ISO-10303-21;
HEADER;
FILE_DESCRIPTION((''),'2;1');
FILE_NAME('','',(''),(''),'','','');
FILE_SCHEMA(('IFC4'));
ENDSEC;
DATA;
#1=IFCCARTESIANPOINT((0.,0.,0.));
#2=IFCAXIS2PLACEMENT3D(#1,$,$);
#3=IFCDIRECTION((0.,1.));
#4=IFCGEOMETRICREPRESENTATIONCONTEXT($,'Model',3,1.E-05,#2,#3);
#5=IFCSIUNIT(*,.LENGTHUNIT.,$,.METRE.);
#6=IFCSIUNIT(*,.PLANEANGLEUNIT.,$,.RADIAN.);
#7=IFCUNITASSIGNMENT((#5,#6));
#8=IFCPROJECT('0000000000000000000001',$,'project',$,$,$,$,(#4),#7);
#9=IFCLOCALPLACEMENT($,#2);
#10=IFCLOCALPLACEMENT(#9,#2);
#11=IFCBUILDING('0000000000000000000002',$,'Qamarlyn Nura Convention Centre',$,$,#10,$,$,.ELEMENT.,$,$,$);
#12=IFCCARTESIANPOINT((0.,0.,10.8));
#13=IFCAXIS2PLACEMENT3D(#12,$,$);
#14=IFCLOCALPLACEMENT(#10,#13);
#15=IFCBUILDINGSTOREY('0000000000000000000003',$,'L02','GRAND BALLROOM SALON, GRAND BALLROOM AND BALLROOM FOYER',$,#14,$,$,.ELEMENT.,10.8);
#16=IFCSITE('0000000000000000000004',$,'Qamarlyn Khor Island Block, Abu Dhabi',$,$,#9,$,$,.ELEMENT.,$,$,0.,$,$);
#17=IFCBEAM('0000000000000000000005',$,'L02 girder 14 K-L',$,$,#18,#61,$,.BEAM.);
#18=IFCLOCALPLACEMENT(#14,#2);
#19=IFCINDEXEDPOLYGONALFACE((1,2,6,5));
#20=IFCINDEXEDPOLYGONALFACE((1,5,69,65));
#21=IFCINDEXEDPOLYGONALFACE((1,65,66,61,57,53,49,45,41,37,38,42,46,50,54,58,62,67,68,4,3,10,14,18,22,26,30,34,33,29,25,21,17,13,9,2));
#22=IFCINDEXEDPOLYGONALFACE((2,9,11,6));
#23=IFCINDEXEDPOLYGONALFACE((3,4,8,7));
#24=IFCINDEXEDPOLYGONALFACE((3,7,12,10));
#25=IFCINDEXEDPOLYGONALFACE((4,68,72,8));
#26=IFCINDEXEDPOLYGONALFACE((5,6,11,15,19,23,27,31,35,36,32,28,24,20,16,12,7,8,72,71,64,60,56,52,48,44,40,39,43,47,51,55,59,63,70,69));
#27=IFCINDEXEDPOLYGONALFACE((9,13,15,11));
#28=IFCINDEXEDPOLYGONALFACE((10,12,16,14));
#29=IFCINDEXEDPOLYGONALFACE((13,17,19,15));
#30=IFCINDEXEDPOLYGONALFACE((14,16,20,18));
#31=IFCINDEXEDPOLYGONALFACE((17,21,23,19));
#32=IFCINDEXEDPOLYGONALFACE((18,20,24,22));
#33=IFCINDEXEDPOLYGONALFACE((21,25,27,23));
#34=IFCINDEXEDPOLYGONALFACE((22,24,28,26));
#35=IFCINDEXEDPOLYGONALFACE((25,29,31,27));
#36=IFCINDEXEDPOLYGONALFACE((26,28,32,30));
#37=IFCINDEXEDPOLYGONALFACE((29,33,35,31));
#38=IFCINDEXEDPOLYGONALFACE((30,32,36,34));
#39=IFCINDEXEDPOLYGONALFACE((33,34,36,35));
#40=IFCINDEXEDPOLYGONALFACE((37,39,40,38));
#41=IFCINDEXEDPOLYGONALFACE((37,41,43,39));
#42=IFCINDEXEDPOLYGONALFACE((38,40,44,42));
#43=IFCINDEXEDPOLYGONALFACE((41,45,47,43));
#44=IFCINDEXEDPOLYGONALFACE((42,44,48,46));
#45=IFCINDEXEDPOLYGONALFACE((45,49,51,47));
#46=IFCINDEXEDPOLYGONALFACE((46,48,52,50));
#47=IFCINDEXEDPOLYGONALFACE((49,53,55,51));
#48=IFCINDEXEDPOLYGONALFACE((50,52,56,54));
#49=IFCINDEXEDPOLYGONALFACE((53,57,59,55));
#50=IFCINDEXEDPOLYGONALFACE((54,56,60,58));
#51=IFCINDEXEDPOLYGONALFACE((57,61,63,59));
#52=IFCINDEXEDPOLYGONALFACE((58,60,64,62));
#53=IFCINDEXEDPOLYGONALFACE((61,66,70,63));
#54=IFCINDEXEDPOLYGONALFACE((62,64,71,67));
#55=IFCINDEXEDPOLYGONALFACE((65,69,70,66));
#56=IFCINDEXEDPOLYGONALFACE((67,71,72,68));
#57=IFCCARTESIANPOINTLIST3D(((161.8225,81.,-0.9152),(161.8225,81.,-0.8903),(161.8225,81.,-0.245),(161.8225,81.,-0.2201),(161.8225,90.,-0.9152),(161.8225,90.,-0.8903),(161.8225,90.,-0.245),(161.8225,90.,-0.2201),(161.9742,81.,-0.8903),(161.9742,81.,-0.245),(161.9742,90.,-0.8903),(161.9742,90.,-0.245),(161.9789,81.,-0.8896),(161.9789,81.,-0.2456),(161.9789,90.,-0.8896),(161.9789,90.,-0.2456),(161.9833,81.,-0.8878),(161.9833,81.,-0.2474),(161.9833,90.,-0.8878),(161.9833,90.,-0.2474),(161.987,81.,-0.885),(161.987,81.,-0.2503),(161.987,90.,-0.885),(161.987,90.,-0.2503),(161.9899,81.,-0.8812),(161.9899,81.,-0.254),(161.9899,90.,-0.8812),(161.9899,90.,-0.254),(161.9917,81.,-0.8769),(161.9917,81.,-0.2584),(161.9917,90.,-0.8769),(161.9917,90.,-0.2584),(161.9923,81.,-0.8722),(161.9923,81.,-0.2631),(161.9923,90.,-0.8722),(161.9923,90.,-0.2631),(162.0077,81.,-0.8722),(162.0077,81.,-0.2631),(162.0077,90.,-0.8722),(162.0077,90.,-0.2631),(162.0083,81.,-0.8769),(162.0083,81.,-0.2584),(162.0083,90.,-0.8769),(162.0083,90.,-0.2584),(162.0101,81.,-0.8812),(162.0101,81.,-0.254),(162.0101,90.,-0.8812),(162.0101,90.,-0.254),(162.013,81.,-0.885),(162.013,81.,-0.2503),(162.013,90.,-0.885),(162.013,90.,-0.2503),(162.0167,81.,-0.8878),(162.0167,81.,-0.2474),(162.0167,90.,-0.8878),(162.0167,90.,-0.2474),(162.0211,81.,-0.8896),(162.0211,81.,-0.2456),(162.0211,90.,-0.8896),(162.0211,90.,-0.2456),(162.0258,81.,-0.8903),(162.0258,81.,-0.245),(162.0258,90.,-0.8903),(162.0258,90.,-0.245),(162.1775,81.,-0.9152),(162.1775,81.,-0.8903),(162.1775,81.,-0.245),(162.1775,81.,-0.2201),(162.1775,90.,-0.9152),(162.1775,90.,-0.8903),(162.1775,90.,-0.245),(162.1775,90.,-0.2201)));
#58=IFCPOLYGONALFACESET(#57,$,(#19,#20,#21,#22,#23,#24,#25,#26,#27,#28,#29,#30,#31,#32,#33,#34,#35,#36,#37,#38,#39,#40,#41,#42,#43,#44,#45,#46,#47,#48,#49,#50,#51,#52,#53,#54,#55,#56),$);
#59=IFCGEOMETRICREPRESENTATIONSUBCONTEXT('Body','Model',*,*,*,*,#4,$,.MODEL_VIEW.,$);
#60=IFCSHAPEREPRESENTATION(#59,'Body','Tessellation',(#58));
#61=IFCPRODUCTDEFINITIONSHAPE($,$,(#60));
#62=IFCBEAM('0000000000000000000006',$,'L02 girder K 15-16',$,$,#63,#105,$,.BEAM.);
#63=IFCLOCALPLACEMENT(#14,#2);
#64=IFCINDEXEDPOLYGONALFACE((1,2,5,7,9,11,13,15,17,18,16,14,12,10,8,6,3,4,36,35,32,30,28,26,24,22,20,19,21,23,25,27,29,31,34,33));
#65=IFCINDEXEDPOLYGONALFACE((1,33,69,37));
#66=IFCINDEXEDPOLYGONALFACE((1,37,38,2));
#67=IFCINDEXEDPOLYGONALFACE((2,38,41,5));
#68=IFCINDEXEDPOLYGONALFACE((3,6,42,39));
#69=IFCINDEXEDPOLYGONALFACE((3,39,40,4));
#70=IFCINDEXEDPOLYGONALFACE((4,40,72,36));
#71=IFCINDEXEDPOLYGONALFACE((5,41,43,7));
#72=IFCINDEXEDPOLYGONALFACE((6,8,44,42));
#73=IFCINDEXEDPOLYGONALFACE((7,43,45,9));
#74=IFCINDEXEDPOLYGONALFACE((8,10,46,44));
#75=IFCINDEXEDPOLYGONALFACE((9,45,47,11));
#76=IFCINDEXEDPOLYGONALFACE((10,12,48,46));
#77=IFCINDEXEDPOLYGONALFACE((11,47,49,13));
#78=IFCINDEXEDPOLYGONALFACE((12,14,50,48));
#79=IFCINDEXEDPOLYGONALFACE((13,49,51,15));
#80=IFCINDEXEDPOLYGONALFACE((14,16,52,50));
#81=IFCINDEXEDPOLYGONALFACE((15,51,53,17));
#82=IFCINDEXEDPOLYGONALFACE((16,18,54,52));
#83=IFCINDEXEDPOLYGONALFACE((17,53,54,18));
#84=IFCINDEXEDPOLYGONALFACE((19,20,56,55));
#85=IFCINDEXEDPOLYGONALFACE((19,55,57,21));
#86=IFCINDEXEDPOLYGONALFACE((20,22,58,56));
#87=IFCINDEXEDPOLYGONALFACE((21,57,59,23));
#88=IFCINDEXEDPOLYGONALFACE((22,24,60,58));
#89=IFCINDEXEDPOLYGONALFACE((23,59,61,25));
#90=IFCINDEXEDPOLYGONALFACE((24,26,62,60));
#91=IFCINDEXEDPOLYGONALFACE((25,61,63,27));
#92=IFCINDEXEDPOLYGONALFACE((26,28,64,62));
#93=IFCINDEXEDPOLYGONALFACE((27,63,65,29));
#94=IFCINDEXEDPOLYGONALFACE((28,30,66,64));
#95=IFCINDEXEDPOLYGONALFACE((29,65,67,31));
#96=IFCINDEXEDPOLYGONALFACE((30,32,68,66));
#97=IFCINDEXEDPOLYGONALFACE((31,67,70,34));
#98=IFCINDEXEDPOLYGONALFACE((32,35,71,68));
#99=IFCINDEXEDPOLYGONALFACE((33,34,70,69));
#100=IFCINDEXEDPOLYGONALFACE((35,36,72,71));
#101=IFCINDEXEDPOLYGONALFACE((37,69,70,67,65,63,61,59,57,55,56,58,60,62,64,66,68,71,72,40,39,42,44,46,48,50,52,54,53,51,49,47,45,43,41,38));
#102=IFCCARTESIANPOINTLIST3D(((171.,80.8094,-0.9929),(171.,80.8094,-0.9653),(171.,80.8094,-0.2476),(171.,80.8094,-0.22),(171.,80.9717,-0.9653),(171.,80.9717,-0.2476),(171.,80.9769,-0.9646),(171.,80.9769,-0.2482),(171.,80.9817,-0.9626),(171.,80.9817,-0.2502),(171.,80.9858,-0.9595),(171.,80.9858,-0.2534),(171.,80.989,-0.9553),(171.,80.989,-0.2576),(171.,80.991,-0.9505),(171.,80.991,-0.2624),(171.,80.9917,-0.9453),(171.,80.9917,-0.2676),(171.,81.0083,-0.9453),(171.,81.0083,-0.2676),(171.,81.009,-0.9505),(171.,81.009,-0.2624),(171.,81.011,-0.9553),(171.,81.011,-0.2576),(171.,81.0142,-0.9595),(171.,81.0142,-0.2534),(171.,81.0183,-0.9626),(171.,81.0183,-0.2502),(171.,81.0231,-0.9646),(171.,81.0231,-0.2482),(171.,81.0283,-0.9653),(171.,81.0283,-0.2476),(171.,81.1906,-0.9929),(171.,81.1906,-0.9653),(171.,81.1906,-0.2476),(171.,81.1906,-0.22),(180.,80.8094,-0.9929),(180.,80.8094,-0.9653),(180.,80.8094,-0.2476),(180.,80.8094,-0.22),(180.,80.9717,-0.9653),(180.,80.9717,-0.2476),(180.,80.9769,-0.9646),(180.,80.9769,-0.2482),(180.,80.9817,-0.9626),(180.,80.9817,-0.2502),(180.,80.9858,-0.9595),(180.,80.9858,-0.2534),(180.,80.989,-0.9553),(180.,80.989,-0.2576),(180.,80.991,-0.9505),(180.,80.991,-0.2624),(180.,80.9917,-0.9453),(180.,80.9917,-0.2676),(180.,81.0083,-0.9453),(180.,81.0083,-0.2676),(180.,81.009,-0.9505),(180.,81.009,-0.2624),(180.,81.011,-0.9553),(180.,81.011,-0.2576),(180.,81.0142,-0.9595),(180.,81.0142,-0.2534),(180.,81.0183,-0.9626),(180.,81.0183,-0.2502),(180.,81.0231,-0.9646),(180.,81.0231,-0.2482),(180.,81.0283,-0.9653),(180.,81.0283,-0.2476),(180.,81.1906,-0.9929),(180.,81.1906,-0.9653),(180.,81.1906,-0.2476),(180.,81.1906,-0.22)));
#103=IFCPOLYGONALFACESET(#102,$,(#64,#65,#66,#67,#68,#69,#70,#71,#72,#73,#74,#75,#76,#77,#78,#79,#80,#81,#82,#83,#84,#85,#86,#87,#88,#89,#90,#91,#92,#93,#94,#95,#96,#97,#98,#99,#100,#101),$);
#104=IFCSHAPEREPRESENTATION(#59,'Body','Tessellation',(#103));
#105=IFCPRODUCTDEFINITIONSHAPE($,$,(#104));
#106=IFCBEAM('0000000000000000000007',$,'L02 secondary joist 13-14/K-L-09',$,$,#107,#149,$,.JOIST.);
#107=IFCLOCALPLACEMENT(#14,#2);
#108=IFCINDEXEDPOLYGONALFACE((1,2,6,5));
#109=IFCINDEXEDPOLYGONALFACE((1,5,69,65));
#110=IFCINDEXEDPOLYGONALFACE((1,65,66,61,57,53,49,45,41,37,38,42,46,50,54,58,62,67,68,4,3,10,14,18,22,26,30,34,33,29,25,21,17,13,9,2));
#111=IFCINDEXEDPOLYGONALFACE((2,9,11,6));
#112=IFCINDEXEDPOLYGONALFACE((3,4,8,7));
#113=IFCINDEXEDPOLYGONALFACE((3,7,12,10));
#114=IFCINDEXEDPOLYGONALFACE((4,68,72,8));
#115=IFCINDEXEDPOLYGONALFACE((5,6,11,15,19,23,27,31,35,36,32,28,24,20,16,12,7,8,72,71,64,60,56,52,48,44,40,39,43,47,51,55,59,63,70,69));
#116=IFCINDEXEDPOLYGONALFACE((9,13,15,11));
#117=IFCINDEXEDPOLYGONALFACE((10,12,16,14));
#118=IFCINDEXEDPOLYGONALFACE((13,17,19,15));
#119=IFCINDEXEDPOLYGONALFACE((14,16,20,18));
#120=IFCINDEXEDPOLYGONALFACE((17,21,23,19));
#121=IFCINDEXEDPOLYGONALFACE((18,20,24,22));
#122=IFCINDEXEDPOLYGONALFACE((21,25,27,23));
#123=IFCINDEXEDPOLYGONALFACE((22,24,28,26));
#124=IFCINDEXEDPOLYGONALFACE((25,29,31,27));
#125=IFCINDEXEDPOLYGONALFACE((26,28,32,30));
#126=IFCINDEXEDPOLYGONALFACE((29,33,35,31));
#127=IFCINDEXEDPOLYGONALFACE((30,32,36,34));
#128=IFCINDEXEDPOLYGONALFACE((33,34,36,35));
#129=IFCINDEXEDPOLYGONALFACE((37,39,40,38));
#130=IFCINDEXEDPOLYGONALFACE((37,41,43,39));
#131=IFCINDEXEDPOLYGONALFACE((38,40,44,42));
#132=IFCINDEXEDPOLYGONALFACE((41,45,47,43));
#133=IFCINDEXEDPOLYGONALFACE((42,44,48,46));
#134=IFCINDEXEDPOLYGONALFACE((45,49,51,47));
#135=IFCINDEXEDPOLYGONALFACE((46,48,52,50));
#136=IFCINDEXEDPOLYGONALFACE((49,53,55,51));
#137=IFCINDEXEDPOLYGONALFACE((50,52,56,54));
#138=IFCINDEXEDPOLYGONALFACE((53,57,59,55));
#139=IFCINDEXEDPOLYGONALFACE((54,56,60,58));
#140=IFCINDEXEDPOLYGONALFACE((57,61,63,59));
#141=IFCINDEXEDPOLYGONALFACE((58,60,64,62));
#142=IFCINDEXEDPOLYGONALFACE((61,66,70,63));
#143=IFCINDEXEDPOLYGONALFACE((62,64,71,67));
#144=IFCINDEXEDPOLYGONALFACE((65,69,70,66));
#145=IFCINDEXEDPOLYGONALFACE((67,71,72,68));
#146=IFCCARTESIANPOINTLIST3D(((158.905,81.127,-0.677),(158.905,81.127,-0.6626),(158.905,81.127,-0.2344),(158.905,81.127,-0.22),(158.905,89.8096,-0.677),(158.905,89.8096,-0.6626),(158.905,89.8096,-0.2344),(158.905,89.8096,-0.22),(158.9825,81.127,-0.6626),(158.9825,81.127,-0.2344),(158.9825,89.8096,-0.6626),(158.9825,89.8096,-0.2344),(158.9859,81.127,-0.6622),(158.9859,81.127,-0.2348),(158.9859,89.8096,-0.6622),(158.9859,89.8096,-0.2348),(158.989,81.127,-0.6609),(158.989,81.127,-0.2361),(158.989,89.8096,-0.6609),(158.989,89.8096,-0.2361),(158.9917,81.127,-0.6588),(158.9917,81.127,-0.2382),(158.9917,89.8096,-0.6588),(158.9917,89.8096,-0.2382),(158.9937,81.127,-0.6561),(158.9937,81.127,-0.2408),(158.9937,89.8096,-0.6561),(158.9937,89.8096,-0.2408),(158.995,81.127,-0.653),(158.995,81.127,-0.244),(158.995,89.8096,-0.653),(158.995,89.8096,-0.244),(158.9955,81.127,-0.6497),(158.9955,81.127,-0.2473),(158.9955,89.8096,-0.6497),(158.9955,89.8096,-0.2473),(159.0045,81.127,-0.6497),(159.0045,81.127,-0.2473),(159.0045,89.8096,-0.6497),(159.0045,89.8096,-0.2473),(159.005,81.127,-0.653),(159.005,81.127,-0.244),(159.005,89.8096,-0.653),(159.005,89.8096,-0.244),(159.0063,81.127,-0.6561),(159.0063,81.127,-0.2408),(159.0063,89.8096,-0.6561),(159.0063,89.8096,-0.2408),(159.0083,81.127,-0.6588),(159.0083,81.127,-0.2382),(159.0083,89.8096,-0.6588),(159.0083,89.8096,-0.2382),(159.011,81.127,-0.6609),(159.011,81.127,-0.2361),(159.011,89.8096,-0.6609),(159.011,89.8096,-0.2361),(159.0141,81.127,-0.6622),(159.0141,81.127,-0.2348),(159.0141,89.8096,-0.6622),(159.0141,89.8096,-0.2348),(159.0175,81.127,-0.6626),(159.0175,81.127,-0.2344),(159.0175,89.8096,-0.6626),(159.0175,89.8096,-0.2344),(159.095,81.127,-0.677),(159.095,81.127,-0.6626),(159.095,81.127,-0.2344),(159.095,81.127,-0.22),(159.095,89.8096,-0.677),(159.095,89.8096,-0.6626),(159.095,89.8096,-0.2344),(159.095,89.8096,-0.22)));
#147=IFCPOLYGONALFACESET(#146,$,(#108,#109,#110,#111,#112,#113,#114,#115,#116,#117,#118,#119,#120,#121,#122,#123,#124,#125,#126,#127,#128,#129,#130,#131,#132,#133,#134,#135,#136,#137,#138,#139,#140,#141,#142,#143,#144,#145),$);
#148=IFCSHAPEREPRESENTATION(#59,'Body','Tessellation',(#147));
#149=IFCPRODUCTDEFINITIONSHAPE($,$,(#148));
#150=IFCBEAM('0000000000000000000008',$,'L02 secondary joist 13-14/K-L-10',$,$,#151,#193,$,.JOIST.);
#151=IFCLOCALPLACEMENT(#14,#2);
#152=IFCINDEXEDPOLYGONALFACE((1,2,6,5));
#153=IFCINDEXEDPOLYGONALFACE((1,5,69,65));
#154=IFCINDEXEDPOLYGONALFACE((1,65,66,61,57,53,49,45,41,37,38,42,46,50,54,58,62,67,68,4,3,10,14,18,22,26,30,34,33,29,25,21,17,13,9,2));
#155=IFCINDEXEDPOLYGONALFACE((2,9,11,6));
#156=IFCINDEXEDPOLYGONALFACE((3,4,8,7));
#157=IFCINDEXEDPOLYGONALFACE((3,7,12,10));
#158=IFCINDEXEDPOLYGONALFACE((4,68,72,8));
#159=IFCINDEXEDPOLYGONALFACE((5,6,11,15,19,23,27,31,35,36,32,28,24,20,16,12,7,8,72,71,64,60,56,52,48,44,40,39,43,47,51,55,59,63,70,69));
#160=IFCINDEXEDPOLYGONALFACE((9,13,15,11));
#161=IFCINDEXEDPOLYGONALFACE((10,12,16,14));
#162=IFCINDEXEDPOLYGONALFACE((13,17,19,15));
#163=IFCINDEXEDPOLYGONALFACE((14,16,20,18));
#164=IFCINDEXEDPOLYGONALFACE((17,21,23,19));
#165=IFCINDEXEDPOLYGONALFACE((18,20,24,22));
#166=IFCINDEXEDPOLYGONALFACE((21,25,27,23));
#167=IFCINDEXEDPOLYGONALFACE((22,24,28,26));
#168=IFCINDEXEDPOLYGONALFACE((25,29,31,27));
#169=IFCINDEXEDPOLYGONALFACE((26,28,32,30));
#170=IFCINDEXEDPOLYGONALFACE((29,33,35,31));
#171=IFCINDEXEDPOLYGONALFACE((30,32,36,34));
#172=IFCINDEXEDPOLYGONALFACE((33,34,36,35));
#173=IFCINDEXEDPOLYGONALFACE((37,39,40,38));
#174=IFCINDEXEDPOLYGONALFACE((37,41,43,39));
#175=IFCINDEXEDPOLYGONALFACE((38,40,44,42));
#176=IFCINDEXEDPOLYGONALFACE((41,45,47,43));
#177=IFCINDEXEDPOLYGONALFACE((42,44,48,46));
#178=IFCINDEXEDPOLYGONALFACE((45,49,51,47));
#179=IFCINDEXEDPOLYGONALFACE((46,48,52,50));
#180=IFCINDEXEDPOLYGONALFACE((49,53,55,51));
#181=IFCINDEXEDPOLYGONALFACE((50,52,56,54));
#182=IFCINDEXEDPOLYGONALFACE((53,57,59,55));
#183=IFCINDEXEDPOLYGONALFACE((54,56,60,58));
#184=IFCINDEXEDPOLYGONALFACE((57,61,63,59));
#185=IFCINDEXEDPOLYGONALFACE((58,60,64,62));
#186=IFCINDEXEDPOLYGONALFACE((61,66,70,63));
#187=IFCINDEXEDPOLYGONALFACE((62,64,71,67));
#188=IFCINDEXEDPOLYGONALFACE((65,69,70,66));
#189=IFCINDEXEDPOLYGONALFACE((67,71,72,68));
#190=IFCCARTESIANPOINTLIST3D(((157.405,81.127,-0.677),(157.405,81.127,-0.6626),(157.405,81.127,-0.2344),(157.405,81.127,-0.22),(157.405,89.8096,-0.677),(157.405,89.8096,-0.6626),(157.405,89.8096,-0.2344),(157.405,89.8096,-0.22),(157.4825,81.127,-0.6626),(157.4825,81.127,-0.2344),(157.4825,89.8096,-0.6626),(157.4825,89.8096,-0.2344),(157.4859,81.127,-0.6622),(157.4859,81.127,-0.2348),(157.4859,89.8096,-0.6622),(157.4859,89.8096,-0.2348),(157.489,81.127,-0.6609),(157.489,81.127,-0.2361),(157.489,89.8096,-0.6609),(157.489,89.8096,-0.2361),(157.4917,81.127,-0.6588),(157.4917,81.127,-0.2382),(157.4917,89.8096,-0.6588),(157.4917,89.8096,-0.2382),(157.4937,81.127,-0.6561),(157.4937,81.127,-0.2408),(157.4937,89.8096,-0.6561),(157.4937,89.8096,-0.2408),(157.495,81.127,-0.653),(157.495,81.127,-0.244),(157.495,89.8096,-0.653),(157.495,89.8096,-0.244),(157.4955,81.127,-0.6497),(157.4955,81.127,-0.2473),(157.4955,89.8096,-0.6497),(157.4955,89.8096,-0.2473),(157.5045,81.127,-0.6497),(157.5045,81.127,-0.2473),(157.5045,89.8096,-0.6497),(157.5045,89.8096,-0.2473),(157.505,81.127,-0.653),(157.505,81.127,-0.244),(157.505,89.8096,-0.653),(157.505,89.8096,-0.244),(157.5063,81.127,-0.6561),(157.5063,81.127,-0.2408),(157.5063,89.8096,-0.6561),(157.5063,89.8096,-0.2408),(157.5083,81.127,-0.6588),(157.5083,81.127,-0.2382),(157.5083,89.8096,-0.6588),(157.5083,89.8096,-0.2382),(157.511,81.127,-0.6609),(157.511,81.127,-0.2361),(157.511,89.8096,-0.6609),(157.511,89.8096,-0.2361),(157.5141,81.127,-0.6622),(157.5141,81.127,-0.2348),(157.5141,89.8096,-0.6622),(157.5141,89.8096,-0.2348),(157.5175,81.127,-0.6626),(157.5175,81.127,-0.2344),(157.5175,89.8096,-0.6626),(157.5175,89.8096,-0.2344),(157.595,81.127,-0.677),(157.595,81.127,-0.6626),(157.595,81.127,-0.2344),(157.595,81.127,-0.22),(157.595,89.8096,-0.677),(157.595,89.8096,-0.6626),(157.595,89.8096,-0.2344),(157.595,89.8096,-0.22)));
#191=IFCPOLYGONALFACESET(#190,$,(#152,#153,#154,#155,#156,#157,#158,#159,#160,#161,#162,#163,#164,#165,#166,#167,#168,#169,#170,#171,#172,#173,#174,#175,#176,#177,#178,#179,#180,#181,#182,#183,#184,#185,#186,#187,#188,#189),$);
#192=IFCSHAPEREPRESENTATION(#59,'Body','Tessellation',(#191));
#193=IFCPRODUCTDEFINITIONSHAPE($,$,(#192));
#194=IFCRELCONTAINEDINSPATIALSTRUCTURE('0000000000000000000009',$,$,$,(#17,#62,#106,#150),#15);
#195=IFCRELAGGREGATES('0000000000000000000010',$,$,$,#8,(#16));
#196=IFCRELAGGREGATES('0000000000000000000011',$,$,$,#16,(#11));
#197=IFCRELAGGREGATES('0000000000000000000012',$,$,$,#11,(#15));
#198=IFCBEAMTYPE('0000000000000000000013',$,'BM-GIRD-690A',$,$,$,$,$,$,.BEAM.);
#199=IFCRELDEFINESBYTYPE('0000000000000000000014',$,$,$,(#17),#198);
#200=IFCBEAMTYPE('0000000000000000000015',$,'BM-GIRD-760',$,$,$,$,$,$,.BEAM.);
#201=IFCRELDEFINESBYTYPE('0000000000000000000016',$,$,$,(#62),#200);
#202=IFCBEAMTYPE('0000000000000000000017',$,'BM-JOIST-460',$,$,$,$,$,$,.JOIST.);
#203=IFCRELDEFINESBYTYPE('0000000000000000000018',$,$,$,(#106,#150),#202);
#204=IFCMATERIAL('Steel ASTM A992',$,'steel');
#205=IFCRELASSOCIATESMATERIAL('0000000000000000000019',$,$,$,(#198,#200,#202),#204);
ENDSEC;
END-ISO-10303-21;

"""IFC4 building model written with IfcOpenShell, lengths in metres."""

from ifc_helpers import new_model, si_unit, direction, frame, origin, origin_2d, place, context, subcontext, project, spatial, i_section, extrude, material, material_profile, profile_set, type_object, element, save


model = new_model("IFC4")

# Units and contexts
model_context = context("Model", 3, precision=1e-05, world=origin(), true_north=direction((0.0, 1.0)))
body_context = subcontext(model_context, "Body", "Model", "MODEL_VIEW")
ifc_project = project(units=[si_unit("LENGTHUNIT", "METRE"), si_unit("PLANEANGLEUNIT", "RADIAN")], contexts=[model_context])

# Site, building, storey
site_placement = place(None, origin())
site = spatial("IfcSite", under=ifc_project, at=site_placement, Name="Qamarlyn Khor Island Block, Abu Dhabi", CompositionType="ELEMENT", RefElevation=0.0)
building_placement = place(site_placement, origin())
building = spatial("IfcBuilding", under=site, at=building_placement, Name="Qamarlyn Nura Convention Centre", CompositionType="ELEMENT")
storey_placement = place(building_placement, frame((0.0, 0.0, 10.8)))
storey = spatial("IfcBuildingStorey", under=building, at=storey_placement, Name="L02", Description="GRAND BALLROOM SALON, GRAND BALLROOM AND BALLROOM FOYER", CompositionType="ELEMENT", Elevation=10.8)

# Shared definitions
ifc_material_1 = material(Name="Steel ASTM A992", Category="steel")

# Beams
ifc_material_profile_1 = material_profile(ifc_material_1, i_section(OverallWidth=0.355, OverallDepth=0.6951, WebThickness=0.0154, FlangeThickness=0.0249, FilletRadius=0.0181, at=origin_2d()), Name="W690X217")
ifc_profile_set_1 = profile_set([ifc_material_profile_1], Name="Steel ASTM A992")
beam_type_1 = type_object("IfcBeamType", Name="BM-GIRD-690A", PredefinedType="BEAM", material=ifc_profile_set_1)
beam_1_placement = place(storey_placement, frame((162.0, 81.0, -0.5676), z_axis=(0.0, 1.0, 0.0), x_axis=(-1.0, 0.0, 0.0)))
element("IfcBeam", 1, at=beam_1_placement, inside=storey, type_object=beam_type_1, Name="L02 girder 14 K-L", PredefinedType="BEAM", context=body_context, shape_type="SweptSolid", body=[
    extrude(i_section(OverallWidth=0.355, OverallDepth=0.6951, WebThickness=0.0154, FlangeThickness=0.0249, FilletRadius=0.0181, at=origin_2d()), origin(), (0.0, 0.0, 1.0), 9.0),
])
ifc_material_profile_2 = material_profile(ifc_material_1, i_section(OverallWidth=0.3811, OverallDepth=0.7729, WebThickness=0.0166, FlangeThickness=0.0276, FilletRadius=0.02, at=origin_2d()), Name="W760X257")
ifc_profile_set_2 = profile_set([ifc_material_profile_2], Name="Steel ASTM A992")
beam_type_2 = type_object("IfcBeamType", Name="BM-GIRD-760", PredefinedType="BEAM", material=ifc_profile_set_2)
beam_2_placement = place(storey_placement, frame((171.0, 81.0, -0.6064), z_axis=(1.0, 0.0, 0.0), x_axis=(0.0, 1.0, 0.0)))
element("IfcBeam", 2, at=beam_2_placement, inside=storey, type_object=beam_type_2, Name="L02 girder K 15-16", PredefinedType="BEAM", context=body_context, shape_type="SweptSolid", body=[
    extrude(i_section(OverallWidth=0.3811, OverallDepth=0.7729, WebThickness=0.0166, FlangeThickness=0.0276, FilletRadius=0.02, at=origin_2d()), origin(), (0.0, 0.0, 1.0), 9.0),
])
ifc_material_profile_3 = material_profile(ifc_material_1, i_section(OverallWidth=0.1899, OverallDepth=0.457, WebThickness=0.009, FlangeThickness=0.0144, FilletRadius=0.0129, at=origin_2d()), Name="W460X74")
ifc_profile_set_3 = profile_set([ifc_material_profile_3], Name="Steel ASTM A992")
beam_type_3 = type_object("IfcBeamType", Name="BM-JOIST-460", PredefinedType="JOIST", material=ifc_profile_set_3)
for number, where, z_axis, x_axis, name in (
    (3, (159.0, 81.127, -0.4485), (0.0, 1.0, 0.0), (-1.0, 0.0, 0.0), "L02 secondary joist 13-14/K-L-09"),
    (4, (157.5, 81.127, -0.4485), (0.0, 1.0, 0.0), (-1.0, 0.0, 0.0), "L02 secondary joist 13-14/K-L-10"),
):
    element("IfcBeam", number, at=place(storey_placement, frame(where, z_axis=z_axis, x_axis=x_axis)), inside=storey, type_object=beam_type_3, Name=name, PredefinedType="JOIST", context=body_context, shape_type="SweptSolid", body=[
        extrude(i_section(OverallWidth=0.1899, OverallDepth=0.457, WebThickness=0.009, FlangeThickness=0.0144, FilletRadius=0.0129, at=origin_2d()), origin(), (0.0, 0.0, 1.0), 8.6826),
    ])

save(model, "model.ifc")
